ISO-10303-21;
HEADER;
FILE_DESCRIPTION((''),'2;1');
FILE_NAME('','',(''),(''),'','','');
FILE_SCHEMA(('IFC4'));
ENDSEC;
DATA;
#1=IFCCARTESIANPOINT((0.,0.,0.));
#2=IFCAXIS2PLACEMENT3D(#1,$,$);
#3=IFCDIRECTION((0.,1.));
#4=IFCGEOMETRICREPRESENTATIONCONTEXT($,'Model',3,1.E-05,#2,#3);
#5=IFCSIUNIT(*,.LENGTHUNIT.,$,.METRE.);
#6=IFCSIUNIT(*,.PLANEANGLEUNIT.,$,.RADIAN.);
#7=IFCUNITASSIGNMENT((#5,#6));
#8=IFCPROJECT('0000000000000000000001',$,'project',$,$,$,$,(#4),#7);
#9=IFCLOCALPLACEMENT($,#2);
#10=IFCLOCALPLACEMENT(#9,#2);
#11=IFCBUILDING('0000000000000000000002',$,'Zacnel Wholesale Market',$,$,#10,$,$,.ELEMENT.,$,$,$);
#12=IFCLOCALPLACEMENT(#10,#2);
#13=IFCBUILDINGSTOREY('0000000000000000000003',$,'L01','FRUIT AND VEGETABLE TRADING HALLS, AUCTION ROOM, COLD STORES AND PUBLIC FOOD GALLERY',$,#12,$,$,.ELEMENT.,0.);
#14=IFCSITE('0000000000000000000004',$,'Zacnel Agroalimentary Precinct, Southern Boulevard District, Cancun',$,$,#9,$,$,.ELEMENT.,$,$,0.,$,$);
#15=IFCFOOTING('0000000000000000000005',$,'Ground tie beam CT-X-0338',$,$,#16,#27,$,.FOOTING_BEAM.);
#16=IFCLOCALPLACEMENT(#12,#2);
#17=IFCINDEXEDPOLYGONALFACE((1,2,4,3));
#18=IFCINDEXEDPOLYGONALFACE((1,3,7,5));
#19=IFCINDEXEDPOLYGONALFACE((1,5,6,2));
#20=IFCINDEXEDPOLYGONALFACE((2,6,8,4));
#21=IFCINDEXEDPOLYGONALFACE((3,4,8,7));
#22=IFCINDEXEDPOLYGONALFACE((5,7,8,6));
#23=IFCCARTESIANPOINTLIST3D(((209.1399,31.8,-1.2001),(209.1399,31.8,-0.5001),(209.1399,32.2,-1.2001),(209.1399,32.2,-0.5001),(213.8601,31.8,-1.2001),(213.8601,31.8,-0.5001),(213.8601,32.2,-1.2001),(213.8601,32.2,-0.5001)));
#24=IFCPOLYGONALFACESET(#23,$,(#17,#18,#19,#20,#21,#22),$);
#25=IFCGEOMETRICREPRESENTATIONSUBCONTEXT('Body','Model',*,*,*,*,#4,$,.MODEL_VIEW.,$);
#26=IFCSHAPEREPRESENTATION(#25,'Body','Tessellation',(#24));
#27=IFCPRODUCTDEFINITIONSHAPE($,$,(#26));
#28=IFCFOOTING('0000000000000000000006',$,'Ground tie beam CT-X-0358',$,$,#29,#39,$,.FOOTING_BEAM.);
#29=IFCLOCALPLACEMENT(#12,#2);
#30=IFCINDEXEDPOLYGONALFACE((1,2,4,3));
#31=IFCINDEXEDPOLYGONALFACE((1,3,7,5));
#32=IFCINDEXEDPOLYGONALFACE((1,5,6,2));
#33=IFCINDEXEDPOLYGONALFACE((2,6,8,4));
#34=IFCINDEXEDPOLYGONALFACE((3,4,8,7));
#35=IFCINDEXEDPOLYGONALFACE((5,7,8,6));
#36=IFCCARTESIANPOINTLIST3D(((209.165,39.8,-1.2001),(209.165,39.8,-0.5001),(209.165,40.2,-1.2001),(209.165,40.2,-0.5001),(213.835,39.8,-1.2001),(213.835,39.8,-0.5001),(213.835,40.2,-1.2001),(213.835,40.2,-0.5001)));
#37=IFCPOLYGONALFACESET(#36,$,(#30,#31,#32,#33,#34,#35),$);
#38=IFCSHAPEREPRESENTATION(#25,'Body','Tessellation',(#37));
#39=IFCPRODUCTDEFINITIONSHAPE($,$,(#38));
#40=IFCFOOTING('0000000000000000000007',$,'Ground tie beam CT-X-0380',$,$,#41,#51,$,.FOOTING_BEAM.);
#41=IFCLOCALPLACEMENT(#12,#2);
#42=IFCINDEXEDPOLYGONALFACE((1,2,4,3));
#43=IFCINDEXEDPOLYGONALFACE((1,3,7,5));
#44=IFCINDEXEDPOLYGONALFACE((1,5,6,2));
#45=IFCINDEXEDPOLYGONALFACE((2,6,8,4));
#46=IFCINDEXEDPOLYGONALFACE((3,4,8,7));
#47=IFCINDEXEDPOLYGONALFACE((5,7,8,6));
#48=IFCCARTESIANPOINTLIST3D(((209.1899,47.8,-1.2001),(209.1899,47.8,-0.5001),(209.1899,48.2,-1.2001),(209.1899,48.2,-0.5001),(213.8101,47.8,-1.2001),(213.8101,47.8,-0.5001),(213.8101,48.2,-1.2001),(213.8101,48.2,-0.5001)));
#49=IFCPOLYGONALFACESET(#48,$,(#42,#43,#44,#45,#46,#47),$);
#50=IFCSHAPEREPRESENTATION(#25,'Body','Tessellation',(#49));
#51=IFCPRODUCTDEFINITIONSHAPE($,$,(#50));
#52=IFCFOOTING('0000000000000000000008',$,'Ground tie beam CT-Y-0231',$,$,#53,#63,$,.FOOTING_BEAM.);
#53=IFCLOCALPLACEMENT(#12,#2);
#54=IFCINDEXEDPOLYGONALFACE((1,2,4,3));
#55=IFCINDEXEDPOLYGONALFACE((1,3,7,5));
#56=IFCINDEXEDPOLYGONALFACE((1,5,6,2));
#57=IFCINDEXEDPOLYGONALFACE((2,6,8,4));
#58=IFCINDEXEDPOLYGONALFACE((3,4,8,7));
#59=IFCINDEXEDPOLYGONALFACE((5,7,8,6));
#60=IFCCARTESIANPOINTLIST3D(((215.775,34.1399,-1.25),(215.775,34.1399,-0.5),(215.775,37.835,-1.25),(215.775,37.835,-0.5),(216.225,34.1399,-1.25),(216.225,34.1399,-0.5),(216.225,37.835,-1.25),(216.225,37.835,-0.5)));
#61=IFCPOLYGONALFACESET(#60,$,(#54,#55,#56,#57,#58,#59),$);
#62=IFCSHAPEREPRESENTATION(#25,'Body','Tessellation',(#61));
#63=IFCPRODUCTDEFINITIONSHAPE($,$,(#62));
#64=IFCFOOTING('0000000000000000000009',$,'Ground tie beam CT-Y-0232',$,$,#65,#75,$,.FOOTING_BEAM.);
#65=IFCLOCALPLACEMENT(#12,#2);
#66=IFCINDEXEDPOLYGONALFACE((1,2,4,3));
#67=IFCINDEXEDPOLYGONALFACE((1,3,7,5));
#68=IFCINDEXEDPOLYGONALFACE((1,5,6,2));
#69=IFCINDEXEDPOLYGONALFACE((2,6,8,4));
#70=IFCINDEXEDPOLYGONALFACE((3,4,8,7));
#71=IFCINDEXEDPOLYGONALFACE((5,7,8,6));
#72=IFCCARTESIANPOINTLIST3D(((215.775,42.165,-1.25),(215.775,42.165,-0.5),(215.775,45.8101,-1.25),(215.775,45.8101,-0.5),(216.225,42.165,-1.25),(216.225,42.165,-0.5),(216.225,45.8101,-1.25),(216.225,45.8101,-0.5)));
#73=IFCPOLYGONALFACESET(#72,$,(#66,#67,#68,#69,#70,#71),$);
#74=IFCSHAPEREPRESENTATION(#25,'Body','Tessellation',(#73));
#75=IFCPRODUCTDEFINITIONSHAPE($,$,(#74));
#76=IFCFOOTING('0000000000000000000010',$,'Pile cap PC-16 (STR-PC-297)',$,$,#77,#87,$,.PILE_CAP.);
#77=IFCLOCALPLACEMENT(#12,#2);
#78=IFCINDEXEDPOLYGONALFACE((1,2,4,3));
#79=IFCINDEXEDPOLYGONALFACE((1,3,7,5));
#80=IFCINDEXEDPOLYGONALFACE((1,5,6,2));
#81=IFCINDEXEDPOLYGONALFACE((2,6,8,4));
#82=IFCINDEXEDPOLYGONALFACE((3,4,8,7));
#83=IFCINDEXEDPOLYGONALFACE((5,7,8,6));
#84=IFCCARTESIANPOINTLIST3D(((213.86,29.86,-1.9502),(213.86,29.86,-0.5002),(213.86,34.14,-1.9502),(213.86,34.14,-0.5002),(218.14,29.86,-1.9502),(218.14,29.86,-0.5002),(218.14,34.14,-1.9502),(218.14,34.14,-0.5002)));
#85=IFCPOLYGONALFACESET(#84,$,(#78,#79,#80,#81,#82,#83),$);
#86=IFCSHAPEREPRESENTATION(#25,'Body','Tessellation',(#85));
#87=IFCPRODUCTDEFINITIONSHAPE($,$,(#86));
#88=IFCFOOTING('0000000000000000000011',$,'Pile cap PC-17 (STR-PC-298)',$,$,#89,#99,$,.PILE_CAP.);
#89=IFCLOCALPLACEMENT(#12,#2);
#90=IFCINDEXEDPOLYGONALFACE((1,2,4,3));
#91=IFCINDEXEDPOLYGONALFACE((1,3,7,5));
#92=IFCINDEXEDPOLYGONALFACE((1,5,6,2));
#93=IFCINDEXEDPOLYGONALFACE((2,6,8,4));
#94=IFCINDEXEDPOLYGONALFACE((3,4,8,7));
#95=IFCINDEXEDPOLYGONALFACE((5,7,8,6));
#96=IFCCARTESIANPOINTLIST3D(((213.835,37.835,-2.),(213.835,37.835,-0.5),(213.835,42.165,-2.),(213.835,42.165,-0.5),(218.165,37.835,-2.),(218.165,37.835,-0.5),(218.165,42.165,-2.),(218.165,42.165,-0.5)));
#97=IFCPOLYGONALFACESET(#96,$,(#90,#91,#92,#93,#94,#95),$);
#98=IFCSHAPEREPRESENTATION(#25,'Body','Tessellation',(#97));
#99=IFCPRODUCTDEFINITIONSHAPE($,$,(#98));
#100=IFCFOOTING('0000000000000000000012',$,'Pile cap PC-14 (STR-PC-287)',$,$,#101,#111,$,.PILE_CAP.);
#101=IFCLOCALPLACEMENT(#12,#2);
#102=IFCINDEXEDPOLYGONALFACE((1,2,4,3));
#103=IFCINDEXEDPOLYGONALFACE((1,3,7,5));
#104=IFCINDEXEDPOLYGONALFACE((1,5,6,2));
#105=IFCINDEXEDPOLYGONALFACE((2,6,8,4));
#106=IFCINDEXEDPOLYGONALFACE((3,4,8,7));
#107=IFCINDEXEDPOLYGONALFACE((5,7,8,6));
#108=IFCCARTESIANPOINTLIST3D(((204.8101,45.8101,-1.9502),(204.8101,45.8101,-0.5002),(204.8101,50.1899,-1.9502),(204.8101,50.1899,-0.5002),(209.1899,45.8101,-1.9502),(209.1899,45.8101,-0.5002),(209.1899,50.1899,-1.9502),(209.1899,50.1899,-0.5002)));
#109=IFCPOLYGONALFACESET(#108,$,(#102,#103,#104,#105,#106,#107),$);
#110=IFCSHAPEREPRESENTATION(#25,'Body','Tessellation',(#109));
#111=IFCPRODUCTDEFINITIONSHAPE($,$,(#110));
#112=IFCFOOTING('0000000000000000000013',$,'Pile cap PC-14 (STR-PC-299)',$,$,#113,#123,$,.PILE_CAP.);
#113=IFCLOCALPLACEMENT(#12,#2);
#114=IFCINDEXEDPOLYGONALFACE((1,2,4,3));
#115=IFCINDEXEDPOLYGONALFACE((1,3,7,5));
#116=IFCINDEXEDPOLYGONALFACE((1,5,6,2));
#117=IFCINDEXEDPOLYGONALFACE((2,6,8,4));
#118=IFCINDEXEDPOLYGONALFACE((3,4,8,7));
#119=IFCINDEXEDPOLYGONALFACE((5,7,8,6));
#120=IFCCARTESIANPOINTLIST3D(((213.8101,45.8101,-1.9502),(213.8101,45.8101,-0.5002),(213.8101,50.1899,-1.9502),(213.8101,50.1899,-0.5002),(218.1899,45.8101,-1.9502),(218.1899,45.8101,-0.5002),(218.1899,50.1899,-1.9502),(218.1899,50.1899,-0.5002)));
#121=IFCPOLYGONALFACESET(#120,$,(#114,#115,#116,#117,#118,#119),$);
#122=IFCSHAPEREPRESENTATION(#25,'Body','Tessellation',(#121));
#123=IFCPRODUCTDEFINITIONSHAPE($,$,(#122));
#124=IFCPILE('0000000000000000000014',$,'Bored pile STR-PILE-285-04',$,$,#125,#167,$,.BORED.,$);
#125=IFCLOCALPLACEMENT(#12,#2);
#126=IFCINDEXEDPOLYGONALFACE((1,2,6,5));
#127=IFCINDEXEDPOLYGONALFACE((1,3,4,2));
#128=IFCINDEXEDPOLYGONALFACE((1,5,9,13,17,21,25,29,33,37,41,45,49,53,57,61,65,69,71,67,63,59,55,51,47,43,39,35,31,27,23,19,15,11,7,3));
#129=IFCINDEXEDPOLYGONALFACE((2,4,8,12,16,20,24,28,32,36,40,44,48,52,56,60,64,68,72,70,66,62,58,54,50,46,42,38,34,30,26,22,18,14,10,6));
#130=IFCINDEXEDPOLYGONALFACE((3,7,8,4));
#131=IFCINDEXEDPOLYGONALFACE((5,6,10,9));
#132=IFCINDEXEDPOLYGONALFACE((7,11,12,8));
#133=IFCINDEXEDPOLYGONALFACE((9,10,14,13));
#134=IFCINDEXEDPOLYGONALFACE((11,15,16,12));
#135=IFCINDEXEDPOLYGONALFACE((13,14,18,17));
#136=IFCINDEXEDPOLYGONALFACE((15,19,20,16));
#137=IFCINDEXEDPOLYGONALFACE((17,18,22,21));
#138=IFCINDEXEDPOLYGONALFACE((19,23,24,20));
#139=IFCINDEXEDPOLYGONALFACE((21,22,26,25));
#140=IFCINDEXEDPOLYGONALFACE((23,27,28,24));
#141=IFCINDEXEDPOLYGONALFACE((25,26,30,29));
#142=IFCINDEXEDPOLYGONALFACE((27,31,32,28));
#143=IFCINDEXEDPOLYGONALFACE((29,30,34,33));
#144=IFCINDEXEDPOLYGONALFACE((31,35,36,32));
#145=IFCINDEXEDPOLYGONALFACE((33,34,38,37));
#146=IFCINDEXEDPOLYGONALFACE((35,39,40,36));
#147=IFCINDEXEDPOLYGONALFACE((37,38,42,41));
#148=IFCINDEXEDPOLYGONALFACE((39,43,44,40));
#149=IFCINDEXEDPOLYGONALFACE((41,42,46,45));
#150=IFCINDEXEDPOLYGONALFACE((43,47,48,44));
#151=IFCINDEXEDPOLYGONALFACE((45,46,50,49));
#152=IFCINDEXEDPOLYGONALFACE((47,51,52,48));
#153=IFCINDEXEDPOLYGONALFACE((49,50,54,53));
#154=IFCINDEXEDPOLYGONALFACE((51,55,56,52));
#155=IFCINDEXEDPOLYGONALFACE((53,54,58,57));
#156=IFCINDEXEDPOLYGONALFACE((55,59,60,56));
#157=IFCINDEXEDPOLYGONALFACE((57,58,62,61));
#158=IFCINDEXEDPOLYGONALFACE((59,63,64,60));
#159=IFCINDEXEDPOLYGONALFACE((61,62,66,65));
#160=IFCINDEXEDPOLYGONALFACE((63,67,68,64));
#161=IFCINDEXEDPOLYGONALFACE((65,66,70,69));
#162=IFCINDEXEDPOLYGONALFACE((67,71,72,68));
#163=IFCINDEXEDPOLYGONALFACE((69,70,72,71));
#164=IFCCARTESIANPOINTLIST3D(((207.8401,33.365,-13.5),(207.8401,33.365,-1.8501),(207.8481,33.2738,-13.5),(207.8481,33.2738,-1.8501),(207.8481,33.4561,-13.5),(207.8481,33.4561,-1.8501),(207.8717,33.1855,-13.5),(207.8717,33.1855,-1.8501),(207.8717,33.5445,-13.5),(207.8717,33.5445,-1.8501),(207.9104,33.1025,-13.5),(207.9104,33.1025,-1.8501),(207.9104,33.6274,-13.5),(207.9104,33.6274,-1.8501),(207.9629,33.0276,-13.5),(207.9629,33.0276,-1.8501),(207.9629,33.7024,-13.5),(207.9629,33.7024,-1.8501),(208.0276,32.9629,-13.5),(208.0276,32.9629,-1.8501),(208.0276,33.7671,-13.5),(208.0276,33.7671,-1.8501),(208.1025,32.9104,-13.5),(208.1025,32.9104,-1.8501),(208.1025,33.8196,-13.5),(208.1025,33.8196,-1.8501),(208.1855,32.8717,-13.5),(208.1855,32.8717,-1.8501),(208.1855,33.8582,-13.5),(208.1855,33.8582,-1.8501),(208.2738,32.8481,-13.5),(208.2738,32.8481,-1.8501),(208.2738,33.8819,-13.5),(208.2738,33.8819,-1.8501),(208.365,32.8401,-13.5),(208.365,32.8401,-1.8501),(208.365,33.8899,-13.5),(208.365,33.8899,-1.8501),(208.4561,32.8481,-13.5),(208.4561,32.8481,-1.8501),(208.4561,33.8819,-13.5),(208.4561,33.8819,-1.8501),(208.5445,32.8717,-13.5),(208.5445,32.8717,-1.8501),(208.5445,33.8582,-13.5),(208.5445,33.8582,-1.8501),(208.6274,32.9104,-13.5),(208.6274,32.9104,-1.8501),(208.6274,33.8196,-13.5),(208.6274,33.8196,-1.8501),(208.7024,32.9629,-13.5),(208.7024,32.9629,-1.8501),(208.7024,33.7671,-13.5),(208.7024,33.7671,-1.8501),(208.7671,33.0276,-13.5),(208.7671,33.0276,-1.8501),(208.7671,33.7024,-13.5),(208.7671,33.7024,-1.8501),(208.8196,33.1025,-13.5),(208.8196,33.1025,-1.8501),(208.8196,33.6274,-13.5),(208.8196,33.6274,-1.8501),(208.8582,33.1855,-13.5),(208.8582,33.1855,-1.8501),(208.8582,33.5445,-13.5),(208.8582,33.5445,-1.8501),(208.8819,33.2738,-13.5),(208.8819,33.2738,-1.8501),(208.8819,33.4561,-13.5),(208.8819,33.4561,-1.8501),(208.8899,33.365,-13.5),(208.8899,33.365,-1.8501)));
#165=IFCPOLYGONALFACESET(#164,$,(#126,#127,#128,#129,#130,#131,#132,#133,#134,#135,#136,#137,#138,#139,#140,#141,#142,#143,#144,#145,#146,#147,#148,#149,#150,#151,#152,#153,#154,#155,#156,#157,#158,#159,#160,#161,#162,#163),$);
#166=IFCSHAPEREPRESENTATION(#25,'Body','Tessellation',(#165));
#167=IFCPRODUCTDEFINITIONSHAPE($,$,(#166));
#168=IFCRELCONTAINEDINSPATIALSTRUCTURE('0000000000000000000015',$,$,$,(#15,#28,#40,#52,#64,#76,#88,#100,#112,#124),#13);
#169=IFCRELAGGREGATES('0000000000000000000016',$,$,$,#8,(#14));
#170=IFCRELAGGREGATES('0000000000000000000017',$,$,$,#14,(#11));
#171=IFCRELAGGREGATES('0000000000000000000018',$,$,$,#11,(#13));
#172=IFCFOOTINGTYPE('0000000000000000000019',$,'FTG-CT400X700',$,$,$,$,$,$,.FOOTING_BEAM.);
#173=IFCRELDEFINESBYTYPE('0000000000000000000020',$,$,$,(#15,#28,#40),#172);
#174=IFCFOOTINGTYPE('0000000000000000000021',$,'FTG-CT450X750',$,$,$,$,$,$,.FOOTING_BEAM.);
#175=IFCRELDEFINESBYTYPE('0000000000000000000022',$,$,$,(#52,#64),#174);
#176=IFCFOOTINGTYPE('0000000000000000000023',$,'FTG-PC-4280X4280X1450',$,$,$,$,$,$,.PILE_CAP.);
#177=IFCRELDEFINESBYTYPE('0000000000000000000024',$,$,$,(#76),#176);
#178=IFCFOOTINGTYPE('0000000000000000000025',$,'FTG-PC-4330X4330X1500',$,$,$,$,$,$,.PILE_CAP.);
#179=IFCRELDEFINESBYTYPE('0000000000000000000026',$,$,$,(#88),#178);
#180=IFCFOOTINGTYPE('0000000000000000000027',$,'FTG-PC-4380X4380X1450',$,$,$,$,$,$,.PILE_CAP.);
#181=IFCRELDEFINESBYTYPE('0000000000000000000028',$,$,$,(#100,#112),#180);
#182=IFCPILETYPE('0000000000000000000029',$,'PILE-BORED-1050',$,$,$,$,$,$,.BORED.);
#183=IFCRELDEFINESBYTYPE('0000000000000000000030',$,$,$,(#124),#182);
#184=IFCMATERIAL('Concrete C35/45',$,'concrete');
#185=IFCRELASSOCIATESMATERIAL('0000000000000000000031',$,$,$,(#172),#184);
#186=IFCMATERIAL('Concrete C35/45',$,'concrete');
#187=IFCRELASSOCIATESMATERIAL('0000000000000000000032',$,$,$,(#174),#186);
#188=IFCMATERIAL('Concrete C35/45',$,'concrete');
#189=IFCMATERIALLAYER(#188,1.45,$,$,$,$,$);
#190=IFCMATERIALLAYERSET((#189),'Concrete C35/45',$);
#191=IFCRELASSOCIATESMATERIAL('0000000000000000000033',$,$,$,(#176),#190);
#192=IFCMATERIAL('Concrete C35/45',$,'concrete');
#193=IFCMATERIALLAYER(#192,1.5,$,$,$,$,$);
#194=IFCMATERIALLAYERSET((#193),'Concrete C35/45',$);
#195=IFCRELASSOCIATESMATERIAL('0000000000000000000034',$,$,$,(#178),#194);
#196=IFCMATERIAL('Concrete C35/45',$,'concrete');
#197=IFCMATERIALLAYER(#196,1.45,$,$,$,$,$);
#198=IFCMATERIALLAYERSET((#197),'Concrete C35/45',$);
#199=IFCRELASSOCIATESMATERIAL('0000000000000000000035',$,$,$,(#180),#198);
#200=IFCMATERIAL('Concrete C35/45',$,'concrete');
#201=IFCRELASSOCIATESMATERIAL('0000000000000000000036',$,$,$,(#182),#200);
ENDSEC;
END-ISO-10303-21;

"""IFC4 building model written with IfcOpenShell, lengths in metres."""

from ifc_helpers import new_model, si_unit, direction, frame, origin, origin_2d, place, context, subcontext, project, spatial, rectangle, circle, extrude, material, layer, layer_set, material_profile, profile_set, type_object, element, save


model = new_model("IFC4")

# Units and contexts
model_context = context("Model", 3, precision=1e-05, world=origin(), true_north=direction((0.0, 1.0)))
body_context = subcontext(model_context, "Body", "Model", "MODEL_VIEW")
ifc_project = project(units=[si_unit("LENGTHUNIT", "METRE"), si_unit("PLANEANGLEUNIT", "RADIAN")], contexts=[model_context])

# Site, building, storey
site_placement = place(None, origin())
site = spatial("IfcSite", under=ifc_project, at=site_placement, Name="Zacnel Agroalimentary Precinct, Southern Boulevard District, Cancun", CompositionType="ELEMENT", RefElevation=0.0)
building_placement = place(site_placement, origin())
building = spatial("IfcBuilding", under=site, at=building_placement, Name="Zacnel Wholesale Market", CompositionType="ELEMENT")
storey_placement = place(building_placement, origin())
storey = spatial("IfcBuildingStorey", under=building, at=storey_placement, Name="L01", Description="FRUIT AND VEGETABLE TRADING HALLS, AUCTION ROOM, COLD STORES AND PUBLIC FOOD GALLERY", CompositionType="ELEMENT", Elevation=0.0)

# Footings
ifc_material_1 = material(Name="Concrete C35/45", Category="concrete")
ifc_material_profile_1 = material_profile(ifc_material_1, rectangle(XDim=0.3999, YDim=0.7, at=origin_2d()), Name="CT 400x700")
ifc_profile_set_1 = profile_set([ifc_material_profile_1], Name="Concrete C35/45")
footing_type_1 = type_object("IfcFootingType", Name="FTG-CT400X700", PredefinedType="FOOTING_BEAM", material=ifc_profile_set_1)
footing_1_placement = place(storey_placement, frame((209.1399, 32.0, -0.8501), z_axis=(1.0, 0.0, 0.0), x_axis=(0.0, 1.0, 0.0)))
element("IfcFooting", 1, at=footing_1_placement, inside=storey, type_object=footing_type_1, Name="Ground tie beam CT-X-0338", PredefinedType="FOOTING_BEAM", context=body_context, shape_type="SweptSolid", body=[
    extrude(rectangle(XDim=0.3999, YDim=0.7, at=origin_2d()), origin(), (0.0, 0.0, 1.0), 4.7202),
])
footing_2_placement = place(storey_placement, frame((209.165, 40.0, -0.8501), z_axis=(1.0, 0.0, 0.0), x_axis=(0.0, 1.0, 0.0)))
element("IfcFooting", 2, at=footing_2_placement, inside=storey, type_object=footing_type_1, Name="Ground tie beam CT-X-0358", PredefinedType="FOOTING_BEAM", context=body_context, shape_type="SweptSolid", body=[
    extrude(rectangle(XDim=0.3999, YDim=0.7, at=origin_2d()), origin(), (0.0, 0.0, 1.0), 4.6699),
])
footing_3_placement = place(storey_placement, frame((209.1899, 48.0, -0.8501), z_axis=(1.0, 0.0, 0.0), x_axis=(0.0, 1.0, 0.0)))
element("IfcFooting", 3, at=footing_3_placement, inside=storey, type_object=footing_type_1, Name="Ground tie beam CT-X-0380", PredefinedType="FOOTING_BEAM", context=body_context, shape_type="SweptSolid", body=[
    extrude(rectangle(XDim=0.3999, YDim=0.7, at=origin_2d()), origin(), (0.0, 0.0, 1.0), 4.6201),
])
ifc_material_2 = material(Name="Concrete C35/45", Category="concrete")
ifc_material_profile_2 = material_profile(ifc_material_2, rectangle(XDim=0.45, YDim=0.75, at=origin_2d()), Name="CT 450x750")
ifc_profile_set_2 = profile_set([ifc_material_profile_2], Name="Concrete C35/45")
footing_type_2 = type_object("IfcFootingType", Name="FTG-CT450X750", PredefinedType="FOOTING_BEAM", material=ifc_profile_set_2)
footing_4_placement = place(storey_placement, frame((216.0, 34.1399, -0.875), z_axis=(0.0, 1.0, 0.0), x_axis=(-1.0, 0.0, 0.0)))
element("IfcFooting", 4, at=footing_4_placement, inside=storey, type_object=footing_type_2, Name="Ground tie beam CT-Y-0231", PredefinedType="FOOTING_BEAM", context=body_context, shape_type="SweptSolid", body=[
    extrude(rectangle(XDim=0.45, YDim=0.75, at=origin_2d()), origin(), (0.0, 0.0, 1.0), 3.6951),
])
footing_5_placement = place(storey_placement, frame((216.0, 42.165, -0.875), z_axis=(0.0, 1.0, 0.0), x_axis=(-1.0, 0.0, 0.0)))
element("IfcFooting", 5, at=footing_5_placement, inside=storey, type_object=footing_type_2, Name="Ground tie beam CT-Y-0232", PredefinedType="FOOTING_BEAM", context=body_context, shape_type="SweptSolid", body=[
    extrude(rectangle(XDim=0.45, YDim=0.75, at=origin_2d()), origin(), (0.0, 0.0, 1.0), 3.645),
])
ifc_material_3 = material(Name="Concrete C35/45", Category="concrete")
ifc_layer_1 = layer(ifc_material_3, 1.45)
ifc_layer_set_1 = layer_set([ifc_layer_1], Name="Concrete C35/45")
footing_type_3 = type_object("IfcFootingType", Name="FTG-PC-4280X4280X1450", PredefinedType="PILE_CAP", material=ifc_layer_set_1)
footing_6_placement = place(storey_placement, frame((216.0, 32.0, -1.9502), z_axis=(0.0, 0.0, 1.0), x_axis=(1.0, 0.0, 0.0)))
element("IfcFooting", 6, at=footing_6_placement, inside=storey, type_object=footing_type_3, Name="Pile cap PC-16 (STR-PC-297)", PredefinedType="PILE_CAP", context=body_context, shape_type="SweptSolid", body=[
    extrude(rectangle(XDim=4.28, YDim=4.28, at=origin_2d()), origin(), (0.0, 0.0, 1.0), 1.45),
])
ifc_material_4 = material(Name="Concrete C35/45", Category="concrete")
ifc_layer_2 = layer(ifc_material_4, 1.5)
ifc_layer_set_2 = layer_set([ifc_layer_2], Name="Concrete C35/45")
footing_type_4 = type_object("IfcFootingType", Name="FTG-PC-4330X4330X1500", PredefinedType="PILE_CAP", material=ifc_layer_set_2)
footing_7_placement = place(storey_placement, frame((216.0, 40.0, -2.0), z_axis=(0.0, 0.0, 1.0), x_axis=(1.0, 0.0, 0.0)))
element("IfcFooting", 7, at=footing_7_placement, inside=storey, type_object=footing_type_4, Name="Pile cap PC-17 (STR-PC-298)", PredefinedType="PILE_CAP", context=body_context, shape_type="SweptSolid", body=[
    extrude(rectangle(XDim=4.3301, YDim=4.3301, at=origin_2d()), origin(), (0.0, 0.0, 1.0), 1.5),
])
ifc_material_5 = material(Name="Concrete C35/45", Category="concrete")
ifc_layer_3 = layer(ifc_material_5, 1.45)
ifc_layer_set_3 = layer_set([ifc_layer_3], Name="Concrete C35/45")
footing_type_5 = type_object("IfcFootingType", Name="FTG-PC-4380X4380X1450", PredefinedType="PILE_CAP", material=ifc_layer_set_3)
for number, where, z_axis, x_axis, name in (
    (8, (207.0, 48.0, -1.9502), (0.0, 0.0, 1.0), (1.0, 0.0, 0.0), "Pile cap PC-14 (STR-PC-287)"),
    (9, (216.0, 48.0, -1.9502), (0.0, 0.0, 1.0), (1.0, 0.0, 0.0), "Pile cap PC-14 (STR-PC-299)"),
):
    element("IfcFooting", number, at=place(storey_placement, frame(where, z_axis=z_axis, x_axis=x_axis)), inside=storey, type_object=footing_type_5, Name=name, PredefinedType="PILE_CAP", context=body_context, shape_type="SweptSolid", body=[
        extrude(rectangle(XDim=4.3799, YDim=4.3799, at=origin_2d()), origin(), (0.0, 0.0, 1.0), 1.45),
    ])

# Pile
ifc_material_6 = material(Name="Concrete C35/45", Category="concrete")
ifc_material_profile_3 = material_profile(ifc_material_6, circle(Radius=0.5249, at=origin_2d()), Name="BORED PILE D1050")
ifc_profile_set_3 = profile_set([ifc_material_profile_3], Name="Concrete C35/45")
pile_type = type_object("IfcPileType", Name="PILE-BORED-1050", PredefinedType="BORED", material=ifc_profile_set_3)
pile_placement = place(storey_placement, frame((208.365, 33.365, -1.8501), z_axis=(0.0, 0.0, -1.0), x_axis=(1.0, 0.0, 0.0)))
element("IfcPile", 10, at=pile_placement, inside=storey, type_object=pile_type, Name="Bored pile STR-PILE-285-04", PredefinedType="BORED", context=body_context, shape_type="SweptSolid", body=[
    extrude(circle(Radius=0.5249, at=origin_2d()), origin(), (0.0, 0.0, 1.0), 11.6499),
])

save(model, "model.ifc")
